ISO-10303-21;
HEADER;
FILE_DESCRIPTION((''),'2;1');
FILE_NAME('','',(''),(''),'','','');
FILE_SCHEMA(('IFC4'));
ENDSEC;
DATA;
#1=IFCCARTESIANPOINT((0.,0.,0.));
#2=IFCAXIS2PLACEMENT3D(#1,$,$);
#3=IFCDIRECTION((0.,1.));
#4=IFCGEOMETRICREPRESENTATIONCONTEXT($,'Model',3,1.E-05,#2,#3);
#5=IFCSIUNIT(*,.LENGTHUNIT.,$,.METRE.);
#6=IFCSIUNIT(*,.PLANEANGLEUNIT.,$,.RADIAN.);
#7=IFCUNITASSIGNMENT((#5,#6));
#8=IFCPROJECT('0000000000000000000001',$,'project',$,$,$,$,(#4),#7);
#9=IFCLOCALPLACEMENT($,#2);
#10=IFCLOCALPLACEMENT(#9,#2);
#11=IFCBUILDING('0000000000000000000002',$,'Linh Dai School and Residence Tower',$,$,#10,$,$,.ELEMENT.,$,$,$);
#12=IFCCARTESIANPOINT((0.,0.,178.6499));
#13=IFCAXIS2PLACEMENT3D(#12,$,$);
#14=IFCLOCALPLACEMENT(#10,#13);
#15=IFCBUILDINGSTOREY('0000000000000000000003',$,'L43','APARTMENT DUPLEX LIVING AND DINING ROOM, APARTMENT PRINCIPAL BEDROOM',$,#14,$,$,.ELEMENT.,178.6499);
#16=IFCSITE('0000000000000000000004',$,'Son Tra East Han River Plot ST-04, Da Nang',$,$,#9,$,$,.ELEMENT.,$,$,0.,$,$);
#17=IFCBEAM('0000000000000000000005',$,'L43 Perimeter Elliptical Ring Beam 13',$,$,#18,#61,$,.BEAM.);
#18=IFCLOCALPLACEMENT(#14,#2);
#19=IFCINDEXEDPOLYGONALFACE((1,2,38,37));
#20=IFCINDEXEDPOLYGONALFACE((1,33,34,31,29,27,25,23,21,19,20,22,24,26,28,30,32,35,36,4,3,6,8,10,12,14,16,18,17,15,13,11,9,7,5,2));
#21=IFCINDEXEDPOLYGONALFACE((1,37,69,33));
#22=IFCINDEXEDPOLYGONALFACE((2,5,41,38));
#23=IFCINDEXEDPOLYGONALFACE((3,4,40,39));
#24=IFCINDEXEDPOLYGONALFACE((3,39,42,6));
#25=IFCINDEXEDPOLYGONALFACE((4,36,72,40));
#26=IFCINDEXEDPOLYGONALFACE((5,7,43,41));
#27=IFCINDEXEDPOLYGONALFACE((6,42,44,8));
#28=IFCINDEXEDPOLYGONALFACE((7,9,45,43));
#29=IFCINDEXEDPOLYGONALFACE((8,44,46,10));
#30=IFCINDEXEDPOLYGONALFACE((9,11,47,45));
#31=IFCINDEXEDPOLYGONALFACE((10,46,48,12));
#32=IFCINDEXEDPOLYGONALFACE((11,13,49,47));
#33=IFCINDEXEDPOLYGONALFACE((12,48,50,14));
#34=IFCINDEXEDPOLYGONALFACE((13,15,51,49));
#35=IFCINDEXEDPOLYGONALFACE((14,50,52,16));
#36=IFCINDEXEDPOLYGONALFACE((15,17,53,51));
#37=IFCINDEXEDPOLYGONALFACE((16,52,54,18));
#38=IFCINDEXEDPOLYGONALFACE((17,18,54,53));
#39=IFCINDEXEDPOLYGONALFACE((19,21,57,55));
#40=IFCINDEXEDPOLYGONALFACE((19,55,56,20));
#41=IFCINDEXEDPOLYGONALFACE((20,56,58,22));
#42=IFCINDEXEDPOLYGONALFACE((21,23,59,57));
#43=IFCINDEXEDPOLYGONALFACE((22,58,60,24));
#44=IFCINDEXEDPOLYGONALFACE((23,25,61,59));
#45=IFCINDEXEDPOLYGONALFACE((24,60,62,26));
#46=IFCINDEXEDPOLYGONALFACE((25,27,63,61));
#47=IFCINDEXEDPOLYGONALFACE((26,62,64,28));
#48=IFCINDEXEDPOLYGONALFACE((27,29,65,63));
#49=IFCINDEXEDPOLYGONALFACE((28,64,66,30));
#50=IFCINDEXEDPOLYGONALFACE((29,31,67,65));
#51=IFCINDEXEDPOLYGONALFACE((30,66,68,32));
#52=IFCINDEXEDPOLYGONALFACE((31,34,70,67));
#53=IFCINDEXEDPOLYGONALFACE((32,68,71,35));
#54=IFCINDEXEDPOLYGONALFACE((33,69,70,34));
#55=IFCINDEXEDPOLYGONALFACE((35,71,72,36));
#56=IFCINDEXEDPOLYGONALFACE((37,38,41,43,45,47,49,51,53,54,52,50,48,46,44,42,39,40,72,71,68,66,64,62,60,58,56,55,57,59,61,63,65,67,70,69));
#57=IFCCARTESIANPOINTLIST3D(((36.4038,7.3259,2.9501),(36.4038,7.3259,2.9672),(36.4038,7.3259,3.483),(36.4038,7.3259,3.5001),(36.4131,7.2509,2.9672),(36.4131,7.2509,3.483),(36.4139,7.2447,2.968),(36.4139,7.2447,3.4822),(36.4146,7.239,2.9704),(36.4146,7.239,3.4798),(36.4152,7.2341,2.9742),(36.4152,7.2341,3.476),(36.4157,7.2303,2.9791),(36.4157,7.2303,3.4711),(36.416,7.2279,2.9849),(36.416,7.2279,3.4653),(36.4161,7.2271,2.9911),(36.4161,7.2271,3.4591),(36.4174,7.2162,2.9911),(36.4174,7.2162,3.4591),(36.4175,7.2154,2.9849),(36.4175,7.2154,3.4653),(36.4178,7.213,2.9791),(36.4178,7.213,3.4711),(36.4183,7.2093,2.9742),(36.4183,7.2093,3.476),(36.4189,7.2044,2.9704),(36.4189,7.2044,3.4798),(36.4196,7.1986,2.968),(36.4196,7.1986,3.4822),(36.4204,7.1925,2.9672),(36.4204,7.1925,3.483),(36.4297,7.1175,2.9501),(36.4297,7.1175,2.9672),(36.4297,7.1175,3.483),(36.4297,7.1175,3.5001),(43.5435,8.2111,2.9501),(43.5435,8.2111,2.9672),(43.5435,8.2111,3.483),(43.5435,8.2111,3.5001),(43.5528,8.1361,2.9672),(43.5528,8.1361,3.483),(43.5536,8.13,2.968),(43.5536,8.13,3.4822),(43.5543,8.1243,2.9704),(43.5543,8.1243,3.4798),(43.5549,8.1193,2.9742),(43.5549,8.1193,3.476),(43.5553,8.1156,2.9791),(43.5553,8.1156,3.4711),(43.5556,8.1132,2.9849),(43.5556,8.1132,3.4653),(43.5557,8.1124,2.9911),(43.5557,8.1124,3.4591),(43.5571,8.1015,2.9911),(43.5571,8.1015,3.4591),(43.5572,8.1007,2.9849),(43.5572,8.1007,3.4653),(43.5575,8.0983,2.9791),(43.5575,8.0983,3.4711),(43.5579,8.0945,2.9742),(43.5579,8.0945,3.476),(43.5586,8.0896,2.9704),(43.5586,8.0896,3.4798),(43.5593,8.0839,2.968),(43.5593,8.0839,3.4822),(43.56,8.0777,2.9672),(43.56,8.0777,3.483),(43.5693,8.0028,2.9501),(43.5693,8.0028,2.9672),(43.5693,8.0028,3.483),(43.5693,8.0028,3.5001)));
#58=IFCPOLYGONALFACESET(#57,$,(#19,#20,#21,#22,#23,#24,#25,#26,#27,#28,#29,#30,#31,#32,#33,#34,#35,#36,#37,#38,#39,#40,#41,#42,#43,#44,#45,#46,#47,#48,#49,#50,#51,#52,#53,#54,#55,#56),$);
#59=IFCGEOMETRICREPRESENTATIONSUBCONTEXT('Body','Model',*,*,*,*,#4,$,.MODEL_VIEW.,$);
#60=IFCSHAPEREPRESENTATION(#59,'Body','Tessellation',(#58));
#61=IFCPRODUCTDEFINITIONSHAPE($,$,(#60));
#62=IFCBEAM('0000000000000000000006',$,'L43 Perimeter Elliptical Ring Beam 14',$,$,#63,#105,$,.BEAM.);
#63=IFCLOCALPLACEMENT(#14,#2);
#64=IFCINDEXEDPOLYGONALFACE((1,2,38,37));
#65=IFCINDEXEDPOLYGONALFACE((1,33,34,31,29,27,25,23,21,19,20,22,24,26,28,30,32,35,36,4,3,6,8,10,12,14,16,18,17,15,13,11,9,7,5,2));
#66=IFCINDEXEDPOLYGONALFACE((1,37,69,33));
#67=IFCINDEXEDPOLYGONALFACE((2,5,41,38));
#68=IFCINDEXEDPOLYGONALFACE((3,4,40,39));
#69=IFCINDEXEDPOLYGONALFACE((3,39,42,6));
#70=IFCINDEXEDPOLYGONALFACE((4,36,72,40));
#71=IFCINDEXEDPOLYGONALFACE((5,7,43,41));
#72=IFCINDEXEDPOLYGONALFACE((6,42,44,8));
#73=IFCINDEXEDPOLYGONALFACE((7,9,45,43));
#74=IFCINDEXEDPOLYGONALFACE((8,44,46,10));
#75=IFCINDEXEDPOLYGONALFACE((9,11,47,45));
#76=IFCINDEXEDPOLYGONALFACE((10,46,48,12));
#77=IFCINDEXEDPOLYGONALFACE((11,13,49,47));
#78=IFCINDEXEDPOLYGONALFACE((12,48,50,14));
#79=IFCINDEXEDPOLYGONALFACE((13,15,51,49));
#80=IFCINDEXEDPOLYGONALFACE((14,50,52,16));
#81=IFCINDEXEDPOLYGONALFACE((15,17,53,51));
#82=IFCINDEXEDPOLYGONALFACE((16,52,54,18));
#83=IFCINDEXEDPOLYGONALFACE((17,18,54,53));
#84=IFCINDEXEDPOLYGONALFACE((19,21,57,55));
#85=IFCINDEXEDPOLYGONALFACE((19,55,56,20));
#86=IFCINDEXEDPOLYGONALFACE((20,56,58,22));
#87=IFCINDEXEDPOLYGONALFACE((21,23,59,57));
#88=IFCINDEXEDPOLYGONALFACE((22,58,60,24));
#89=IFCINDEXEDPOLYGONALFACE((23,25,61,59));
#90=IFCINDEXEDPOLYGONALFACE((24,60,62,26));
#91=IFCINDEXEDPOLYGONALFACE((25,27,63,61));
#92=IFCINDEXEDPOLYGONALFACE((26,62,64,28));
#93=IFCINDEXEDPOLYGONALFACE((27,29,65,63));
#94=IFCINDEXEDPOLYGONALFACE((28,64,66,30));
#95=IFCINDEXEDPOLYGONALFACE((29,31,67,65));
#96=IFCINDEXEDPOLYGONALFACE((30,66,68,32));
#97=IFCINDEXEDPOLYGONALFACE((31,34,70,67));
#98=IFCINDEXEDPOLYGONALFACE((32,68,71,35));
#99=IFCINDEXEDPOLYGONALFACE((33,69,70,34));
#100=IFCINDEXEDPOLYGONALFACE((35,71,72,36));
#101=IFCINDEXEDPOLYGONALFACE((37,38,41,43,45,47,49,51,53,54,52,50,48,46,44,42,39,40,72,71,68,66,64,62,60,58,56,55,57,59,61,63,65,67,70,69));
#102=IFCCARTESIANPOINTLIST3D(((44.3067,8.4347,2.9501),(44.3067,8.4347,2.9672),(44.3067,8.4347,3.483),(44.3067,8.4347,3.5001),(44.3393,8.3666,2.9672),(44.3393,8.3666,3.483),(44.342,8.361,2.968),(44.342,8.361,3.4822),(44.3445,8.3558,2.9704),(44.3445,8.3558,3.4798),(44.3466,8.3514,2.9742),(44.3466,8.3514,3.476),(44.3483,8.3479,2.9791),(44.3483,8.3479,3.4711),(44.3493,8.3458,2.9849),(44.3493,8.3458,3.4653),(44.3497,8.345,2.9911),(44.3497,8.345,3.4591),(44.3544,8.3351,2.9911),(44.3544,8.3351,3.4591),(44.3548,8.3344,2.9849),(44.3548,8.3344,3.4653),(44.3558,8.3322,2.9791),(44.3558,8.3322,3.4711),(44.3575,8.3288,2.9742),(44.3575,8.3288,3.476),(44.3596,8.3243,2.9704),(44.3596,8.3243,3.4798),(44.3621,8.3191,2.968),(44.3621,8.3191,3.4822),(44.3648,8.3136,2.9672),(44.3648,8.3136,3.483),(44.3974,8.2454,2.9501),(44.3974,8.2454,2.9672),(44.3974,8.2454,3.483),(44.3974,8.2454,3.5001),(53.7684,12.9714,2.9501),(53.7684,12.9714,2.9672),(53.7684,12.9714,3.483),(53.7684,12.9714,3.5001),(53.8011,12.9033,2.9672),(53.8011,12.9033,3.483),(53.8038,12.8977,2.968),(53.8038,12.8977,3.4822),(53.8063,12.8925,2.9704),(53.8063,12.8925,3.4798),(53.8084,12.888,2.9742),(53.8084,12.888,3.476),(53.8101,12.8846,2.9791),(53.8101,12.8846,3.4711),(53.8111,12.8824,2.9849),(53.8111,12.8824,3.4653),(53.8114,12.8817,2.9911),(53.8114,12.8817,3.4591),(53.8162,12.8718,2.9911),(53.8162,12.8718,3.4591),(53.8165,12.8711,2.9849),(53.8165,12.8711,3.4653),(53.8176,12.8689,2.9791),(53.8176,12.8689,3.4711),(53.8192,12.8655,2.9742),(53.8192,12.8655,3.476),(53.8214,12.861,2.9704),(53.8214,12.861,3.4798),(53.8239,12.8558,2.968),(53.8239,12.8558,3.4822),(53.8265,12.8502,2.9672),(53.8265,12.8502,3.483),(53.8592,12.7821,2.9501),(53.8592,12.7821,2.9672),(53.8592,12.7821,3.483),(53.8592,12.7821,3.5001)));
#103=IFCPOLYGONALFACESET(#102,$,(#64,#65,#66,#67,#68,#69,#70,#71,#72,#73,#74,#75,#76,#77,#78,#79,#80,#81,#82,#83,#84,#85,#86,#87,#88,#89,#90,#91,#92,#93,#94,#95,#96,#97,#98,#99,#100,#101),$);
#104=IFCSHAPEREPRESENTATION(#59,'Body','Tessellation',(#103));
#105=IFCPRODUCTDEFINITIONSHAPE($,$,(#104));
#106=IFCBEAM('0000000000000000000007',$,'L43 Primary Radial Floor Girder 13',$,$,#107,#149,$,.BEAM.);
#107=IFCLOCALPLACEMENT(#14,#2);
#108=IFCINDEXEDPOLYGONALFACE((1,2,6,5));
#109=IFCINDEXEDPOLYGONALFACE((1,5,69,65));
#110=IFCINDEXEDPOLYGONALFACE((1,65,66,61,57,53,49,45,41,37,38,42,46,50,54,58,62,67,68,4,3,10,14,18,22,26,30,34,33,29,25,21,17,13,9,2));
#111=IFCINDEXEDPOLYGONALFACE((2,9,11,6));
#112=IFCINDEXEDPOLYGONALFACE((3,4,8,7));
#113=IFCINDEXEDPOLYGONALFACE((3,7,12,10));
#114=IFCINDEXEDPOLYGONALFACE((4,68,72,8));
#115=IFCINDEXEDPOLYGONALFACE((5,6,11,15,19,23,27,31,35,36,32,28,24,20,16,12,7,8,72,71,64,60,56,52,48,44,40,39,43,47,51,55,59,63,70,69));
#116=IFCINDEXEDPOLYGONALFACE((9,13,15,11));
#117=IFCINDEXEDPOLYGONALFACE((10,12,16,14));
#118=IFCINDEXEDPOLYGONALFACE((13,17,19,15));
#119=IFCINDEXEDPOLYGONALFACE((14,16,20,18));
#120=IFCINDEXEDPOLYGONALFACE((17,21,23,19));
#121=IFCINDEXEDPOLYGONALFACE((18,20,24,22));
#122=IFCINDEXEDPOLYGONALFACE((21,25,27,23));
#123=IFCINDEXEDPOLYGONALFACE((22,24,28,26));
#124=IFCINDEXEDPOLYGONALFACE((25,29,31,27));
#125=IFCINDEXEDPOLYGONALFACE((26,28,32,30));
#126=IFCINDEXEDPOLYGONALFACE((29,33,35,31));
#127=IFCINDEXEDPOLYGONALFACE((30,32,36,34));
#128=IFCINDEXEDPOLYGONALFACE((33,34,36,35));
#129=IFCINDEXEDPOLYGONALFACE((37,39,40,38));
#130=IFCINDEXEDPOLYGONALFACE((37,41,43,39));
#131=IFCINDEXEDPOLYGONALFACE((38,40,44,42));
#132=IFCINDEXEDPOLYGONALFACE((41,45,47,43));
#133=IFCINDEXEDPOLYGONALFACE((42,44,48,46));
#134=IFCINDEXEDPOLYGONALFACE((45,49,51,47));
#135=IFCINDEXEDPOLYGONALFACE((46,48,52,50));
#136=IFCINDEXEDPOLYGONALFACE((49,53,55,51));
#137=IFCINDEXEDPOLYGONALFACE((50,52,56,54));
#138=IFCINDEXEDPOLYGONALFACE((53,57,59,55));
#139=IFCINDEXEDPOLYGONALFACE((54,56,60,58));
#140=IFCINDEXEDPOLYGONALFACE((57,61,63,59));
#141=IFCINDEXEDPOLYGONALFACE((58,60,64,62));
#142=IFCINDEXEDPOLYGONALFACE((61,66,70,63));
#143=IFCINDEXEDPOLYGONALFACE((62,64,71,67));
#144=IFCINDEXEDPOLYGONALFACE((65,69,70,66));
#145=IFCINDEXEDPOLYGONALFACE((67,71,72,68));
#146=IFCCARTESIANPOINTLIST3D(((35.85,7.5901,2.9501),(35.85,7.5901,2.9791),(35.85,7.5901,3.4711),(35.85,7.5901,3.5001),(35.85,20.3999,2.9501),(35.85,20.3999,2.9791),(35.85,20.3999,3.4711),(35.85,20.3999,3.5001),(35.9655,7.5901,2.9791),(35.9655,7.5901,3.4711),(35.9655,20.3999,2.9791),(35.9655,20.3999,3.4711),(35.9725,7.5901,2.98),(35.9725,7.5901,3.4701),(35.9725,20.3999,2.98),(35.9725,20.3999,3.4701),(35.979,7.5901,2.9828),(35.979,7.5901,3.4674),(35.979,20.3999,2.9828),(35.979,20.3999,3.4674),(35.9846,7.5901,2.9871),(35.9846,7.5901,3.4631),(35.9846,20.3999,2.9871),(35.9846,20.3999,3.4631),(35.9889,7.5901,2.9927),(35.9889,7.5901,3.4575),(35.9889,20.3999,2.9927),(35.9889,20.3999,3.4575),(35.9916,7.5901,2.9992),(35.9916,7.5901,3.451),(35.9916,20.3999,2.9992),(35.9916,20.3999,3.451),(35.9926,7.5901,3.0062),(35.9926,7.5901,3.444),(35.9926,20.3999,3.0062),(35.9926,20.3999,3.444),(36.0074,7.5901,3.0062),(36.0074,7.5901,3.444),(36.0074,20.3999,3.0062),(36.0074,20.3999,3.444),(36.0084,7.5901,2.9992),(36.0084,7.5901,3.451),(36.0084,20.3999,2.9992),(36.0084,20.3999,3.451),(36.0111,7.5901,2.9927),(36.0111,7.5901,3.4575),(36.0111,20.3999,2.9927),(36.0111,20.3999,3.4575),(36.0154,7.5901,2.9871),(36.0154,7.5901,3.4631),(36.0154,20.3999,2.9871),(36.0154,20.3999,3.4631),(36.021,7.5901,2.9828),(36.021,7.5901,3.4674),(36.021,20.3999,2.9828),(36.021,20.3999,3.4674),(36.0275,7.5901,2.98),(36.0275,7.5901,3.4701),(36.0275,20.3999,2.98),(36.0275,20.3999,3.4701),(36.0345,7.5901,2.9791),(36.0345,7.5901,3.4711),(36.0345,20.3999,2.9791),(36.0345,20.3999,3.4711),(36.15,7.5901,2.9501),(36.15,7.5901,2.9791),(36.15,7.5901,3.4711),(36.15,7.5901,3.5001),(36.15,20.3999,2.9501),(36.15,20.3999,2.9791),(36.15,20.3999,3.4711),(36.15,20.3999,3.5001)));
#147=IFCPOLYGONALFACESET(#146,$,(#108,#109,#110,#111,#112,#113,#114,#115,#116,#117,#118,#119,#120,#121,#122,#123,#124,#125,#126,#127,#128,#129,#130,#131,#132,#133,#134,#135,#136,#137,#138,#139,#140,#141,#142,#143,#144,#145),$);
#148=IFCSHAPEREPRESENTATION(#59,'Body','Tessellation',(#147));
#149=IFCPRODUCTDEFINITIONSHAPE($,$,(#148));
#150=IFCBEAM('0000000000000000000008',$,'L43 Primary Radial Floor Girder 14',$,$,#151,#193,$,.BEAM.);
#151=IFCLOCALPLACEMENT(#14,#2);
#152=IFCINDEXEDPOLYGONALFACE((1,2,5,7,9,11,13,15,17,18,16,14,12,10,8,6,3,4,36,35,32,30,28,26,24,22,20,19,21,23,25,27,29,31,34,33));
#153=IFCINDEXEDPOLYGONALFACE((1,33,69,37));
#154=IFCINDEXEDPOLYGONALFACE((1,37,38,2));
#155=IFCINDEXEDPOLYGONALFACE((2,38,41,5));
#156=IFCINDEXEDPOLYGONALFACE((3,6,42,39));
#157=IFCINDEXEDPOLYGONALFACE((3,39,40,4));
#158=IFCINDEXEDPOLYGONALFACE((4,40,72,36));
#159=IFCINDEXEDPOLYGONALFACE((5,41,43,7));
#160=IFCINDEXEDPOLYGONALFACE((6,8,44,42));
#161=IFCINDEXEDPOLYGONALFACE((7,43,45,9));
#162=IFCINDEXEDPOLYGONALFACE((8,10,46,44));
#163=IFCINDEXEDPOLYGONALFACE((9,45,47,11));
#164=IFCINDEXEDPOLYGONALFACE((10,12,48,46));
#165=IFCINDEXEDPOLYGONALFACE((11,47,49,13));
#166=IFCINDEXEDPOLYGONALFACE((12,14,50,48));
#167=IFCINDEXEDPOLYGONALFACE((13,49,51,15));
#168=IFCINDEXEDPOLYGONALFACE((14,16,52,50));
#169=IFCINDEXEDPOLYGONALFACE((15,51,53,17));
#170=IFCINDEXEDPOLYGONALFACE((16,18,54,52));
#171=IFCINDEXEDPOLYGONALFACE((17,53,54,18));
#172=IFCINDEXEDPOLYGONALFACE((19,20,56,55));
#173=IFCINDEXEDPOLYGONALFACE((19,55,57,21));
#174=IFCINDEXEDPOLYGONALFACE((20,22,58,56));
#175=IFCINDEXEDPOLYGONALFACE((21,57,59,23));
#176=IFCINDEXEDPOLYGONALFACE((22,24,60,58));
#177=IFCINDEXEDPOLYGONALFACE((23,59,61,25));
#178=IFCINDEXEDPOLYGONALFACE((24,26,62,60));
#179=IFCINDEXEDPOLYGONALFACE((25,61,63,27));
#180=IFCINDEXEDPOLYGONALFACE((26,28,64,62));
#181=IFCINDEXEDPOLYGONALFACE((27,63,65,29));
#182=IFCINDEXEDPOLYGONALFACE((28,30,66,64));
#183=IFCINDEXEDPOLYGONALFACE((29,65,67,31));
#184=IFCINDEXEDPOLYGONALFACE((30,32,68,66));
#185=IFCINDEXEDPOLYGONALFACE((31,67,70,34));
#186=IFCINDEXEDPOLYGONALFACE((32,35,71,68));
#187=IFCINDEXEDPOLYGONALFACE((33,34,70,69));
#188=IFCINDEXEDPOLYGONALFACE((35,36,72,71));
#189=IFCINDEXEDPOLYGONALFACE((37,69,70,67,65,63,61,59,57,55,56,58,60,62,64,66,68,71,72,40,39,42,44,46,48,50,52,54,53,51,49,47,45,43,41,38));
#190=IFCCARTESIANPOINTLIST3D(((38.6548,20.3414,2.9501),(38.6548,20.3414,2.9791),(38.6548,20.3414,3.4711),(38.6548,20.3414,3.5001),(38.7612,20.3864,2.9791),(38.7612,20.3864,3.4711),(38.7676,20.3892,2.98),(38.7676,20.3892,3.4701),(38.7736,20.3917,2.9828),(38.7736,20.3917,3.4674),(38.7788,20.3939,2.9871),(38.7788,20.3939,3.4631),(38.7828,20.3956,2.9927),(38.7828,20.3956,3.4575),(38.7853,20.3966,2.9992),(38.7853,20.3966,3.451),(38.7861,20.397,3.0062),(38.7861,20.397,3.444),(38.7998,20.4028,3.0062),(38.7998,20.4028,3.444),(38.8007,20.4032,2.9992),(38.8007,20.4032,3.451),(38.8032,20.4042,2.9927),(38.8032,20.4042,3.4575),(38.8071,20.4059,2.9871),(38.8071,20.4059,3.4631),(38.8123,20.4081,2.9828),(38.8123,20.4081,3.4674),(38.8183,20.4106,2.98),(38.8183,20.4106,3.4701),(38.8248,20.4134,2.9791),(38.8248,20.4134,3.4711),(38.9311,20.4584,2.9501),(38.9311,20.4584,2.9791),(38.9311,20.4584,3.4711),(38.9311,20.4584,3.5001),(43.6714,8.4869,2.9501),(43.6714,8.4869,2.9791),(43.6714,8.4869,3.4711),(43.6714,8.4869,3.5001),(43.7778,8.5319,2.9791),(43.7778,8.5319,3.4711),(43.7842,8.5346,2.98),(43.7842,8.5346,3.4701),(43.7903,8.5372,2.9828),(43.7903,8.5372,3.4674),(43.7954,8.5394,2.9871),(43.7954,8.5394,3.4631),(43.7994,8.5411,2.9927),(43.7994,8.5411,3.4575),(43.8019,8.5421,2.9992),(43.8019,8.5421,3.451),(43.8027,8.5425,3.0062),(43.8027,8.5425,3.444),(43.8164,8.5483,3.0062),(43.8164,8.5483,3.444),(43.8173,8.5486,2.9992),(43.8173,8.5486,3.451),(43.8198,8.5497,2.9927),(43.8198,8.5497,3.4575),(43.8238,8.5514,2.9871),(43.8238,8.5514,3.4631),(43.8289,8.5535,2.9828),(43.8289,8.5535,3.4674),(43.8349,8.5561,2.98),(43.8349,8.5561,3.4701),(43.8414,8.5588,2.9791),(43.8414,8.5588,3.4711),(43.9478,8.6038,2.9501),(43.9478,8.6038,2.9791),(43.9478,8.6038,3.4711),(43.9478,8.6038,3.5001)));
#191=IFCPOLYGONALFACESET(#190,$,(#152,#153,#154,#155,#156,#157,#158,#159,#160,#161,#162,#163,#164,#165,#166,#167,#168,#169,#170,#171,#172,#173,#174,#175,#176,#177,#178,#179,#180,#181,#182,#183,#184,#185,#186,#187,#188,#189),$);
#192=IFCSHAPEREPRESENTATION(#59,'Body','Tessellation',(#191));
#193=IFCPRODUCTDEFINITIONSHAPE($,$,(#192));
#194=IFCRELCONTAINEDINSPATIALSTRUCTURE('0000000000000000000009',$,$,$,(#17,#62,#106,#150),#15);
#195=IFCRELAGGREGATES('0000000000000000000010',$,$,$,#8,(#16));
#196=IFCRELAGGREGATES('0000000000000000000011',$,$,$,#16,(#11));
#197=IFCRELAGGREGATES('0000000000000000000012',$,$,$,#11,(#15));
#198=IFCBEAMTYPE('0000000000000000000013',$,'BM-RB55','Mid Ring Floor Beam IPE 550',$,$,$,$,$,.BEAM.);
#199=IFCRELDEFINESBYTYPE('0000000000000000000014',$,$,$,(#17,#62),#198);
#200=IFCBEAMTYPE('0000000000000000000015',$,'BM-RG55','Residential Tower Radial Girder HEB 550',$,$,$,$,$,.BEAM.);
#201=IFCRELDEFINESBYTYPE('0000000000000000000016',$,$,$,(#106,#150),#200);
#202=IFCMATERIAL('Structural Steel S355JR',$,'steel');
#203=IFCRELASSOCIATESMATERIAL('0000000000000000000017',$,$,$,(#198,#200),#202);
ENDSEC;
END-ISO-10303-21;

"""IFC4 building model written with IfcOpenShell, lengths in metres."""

from ifc_helpers import new_model, si_unit, direction, frame, origin, origin_2d, place, context, subcontext, project, spatial, i_section, extrude, material, material_profile, profile_set, type_object, element, save


model = new_model("IFC4")

# Units and contexts
model_context = context("Model", 3, precision=1e-05, world=origin(), true_north=direction((0.0, 1.0)))
body_context = subcontext(model_context, "Body", "Model", "MODEL_VIEW")
ifc_project = project(units=[si_unit("LENGTHUNIT", "METRE"), si_unit("PLANEANGLEUNIT", "RADIAN")], contexts=[model_context])

# Site, building, storey
site_placement = place(None, origin())
site = spatial("IfcSite", under=ifc_project, at=site_placement, Name="Son Tra East Han River Plot ST-04, Da Nang", CompositionType="ELEMENT", RefElevation=0.0)
building_placement = place(site_placement, origin())
building = spatial("IfcBuilding", under=site, at=building_placement, Name="Linh Dai School and Residence Tower", CompositionType="ELEMENT")
storey_placement = place(building_placement, frame((0.0, 0.0, 178.6499)))
storey = spatial("IfcBuildingStorey", under=building, at=storey_placement, Name="L43", Description="APARTMENT DUPLEX LIVING AND DINING ROOM, APARTMENT PRINCIPAL BEDROOM", CompositionType="ELEMENT", Elevation=178.6499)

# Shared definitions
ifc_material_1 = material(Name="Structural Steel S355JR", Category="steel")

# Beams
ifc_material_profile_1 = material_profile(ifc_material_1, i_section(OverallWidth=0.21, OverallDepth=0.55, WebThickness=0.011, FlangeThickness=0.0171, FilletRadius=0.0239, at=origin_2d()), Name="IPE 550")
ifc_profile_set_1 = profile_set([ifc_material_profile_1], Name="Structural Steel S355JR")
beam_type_1 = type_object("IfcBeamType", Name="BM-RB55", Description="Mid Ring Floor Beam IPE 550", PredefinedType="BEAM", material=ifc_profile_set_1)
beam_1_placement = place(storey_placement, frame((36.4167, 7.2217, 3.2251), z_axis=(0.992401, 0.123049, 0.0), x_axis=(-0.123049, 0.992401, 0.0)))
element("IfcBeam", 1, at=beam_1_placement, inside=storey, type_object=beam_type_1, Name="L43 Perimeter Elliptical Ring Beam 13", PredefinedType="BEAM", context=body_context, shape_type="SweptSolid", body=[
    extrude(i_section(OverallWidth=0.21, OverallDepth=0.55, WebThickness=0.011, FlangeThickness=0.0171, FilletRadius=0.0239, at=origin_2d()), origin(), (0.0, 0.0, 1.0), 7.1943),
])
beam_2_placement = place(storey_placement, frame((44.3521, 8.3401, 3.2251), z_axis=(0.901708, 0.432345, 0.0), x_axis=(-0.432345, 0.901708, 0.0)))
element("IfcBeam", 2, at=beam_2_placement, inside=storey, type_object=beam_type_1, Name="L43 Perimeter Elliptical Ring Beam 14", PredefinedType="BEAM", context=body_context, shape_type="SweptSolid", body=[
    extrude(i_section(OverallWidth=0.21, OverallDepth=0.55, WebThickness=0.011, FlangeThickness=0.0171, FilletRadius=0.0239, at=origin_2d()), origin(), (0.0, 0.0, 1.0), 10.4932),
])
ifc_material_profile_2 = material_profile(ifc_material_1, i_section(OverallWidth=0.3, OverallDepth=0.55, WebThickness=0.0149, FlangeThickness=0.0291, FilletRadius=0.0271, at=origin_2d()), Name="HEB 550")
ifc_profile_set_2 = profile_set([ifc_material_profile_2], Name="Structural Steel S355JR")
beam_type_2 = type_object("IfcBeamType", Name="BM-RG55", Description="Residential Tower Radial Girder HEB 550", PredefinedType="BEAM", material=ifc_profile_set_2)
beam_3_placement = place(storey_placement, frame((36.0, 20.3999, 3.2251), z_axis=(0.0, -1.0, 0.0), x_axis=(1.0, 0.0, 0.0)))
element("IfcBeam", 3, at=beam_3_placement, inside=storey, type_object=beam_type_2, Name="L43 Primary Radial Floor Girder 13", PredefinedType="BEAM", context=body_context, shape_type="SweptSolid", body=[
    extrude(i_section(OverallWidth=0.3, OverallDepth=0.55, WebThickness=0.0149, FlangeThickness=0.0291, FilletRadius=0.0271, at=origin_2d()), origin(), (0.0, 0.0, 1.0), 12.8098),
])
beam_4_placement = place(storey_placement, frame((38.793, 20.3999, 3.2251), z_axis=(0.389722, -0.920933, 0.0), x_axis=(0.920933, 0.389722, 0.0)))
element("IfcBeam", 4, at=beam_4_placement, inside=storey, type_object=beam_type_2, Name="L43 Primary Radial Floor Girder 14", PredefinedType="BEAM", context=body_context, shape_type="SweptSolid", body=[
    extrude(i_section(OverallWidth=0.3, OverallDepth=0.55, WebThickness=0.0149, FlangeThickness=0.0291, FilletRadius=0.0271, at=origin_2d()), origin(), (0.0, 0.0, 1.0), 12.8723),
])

save(model, "model.ifc")
